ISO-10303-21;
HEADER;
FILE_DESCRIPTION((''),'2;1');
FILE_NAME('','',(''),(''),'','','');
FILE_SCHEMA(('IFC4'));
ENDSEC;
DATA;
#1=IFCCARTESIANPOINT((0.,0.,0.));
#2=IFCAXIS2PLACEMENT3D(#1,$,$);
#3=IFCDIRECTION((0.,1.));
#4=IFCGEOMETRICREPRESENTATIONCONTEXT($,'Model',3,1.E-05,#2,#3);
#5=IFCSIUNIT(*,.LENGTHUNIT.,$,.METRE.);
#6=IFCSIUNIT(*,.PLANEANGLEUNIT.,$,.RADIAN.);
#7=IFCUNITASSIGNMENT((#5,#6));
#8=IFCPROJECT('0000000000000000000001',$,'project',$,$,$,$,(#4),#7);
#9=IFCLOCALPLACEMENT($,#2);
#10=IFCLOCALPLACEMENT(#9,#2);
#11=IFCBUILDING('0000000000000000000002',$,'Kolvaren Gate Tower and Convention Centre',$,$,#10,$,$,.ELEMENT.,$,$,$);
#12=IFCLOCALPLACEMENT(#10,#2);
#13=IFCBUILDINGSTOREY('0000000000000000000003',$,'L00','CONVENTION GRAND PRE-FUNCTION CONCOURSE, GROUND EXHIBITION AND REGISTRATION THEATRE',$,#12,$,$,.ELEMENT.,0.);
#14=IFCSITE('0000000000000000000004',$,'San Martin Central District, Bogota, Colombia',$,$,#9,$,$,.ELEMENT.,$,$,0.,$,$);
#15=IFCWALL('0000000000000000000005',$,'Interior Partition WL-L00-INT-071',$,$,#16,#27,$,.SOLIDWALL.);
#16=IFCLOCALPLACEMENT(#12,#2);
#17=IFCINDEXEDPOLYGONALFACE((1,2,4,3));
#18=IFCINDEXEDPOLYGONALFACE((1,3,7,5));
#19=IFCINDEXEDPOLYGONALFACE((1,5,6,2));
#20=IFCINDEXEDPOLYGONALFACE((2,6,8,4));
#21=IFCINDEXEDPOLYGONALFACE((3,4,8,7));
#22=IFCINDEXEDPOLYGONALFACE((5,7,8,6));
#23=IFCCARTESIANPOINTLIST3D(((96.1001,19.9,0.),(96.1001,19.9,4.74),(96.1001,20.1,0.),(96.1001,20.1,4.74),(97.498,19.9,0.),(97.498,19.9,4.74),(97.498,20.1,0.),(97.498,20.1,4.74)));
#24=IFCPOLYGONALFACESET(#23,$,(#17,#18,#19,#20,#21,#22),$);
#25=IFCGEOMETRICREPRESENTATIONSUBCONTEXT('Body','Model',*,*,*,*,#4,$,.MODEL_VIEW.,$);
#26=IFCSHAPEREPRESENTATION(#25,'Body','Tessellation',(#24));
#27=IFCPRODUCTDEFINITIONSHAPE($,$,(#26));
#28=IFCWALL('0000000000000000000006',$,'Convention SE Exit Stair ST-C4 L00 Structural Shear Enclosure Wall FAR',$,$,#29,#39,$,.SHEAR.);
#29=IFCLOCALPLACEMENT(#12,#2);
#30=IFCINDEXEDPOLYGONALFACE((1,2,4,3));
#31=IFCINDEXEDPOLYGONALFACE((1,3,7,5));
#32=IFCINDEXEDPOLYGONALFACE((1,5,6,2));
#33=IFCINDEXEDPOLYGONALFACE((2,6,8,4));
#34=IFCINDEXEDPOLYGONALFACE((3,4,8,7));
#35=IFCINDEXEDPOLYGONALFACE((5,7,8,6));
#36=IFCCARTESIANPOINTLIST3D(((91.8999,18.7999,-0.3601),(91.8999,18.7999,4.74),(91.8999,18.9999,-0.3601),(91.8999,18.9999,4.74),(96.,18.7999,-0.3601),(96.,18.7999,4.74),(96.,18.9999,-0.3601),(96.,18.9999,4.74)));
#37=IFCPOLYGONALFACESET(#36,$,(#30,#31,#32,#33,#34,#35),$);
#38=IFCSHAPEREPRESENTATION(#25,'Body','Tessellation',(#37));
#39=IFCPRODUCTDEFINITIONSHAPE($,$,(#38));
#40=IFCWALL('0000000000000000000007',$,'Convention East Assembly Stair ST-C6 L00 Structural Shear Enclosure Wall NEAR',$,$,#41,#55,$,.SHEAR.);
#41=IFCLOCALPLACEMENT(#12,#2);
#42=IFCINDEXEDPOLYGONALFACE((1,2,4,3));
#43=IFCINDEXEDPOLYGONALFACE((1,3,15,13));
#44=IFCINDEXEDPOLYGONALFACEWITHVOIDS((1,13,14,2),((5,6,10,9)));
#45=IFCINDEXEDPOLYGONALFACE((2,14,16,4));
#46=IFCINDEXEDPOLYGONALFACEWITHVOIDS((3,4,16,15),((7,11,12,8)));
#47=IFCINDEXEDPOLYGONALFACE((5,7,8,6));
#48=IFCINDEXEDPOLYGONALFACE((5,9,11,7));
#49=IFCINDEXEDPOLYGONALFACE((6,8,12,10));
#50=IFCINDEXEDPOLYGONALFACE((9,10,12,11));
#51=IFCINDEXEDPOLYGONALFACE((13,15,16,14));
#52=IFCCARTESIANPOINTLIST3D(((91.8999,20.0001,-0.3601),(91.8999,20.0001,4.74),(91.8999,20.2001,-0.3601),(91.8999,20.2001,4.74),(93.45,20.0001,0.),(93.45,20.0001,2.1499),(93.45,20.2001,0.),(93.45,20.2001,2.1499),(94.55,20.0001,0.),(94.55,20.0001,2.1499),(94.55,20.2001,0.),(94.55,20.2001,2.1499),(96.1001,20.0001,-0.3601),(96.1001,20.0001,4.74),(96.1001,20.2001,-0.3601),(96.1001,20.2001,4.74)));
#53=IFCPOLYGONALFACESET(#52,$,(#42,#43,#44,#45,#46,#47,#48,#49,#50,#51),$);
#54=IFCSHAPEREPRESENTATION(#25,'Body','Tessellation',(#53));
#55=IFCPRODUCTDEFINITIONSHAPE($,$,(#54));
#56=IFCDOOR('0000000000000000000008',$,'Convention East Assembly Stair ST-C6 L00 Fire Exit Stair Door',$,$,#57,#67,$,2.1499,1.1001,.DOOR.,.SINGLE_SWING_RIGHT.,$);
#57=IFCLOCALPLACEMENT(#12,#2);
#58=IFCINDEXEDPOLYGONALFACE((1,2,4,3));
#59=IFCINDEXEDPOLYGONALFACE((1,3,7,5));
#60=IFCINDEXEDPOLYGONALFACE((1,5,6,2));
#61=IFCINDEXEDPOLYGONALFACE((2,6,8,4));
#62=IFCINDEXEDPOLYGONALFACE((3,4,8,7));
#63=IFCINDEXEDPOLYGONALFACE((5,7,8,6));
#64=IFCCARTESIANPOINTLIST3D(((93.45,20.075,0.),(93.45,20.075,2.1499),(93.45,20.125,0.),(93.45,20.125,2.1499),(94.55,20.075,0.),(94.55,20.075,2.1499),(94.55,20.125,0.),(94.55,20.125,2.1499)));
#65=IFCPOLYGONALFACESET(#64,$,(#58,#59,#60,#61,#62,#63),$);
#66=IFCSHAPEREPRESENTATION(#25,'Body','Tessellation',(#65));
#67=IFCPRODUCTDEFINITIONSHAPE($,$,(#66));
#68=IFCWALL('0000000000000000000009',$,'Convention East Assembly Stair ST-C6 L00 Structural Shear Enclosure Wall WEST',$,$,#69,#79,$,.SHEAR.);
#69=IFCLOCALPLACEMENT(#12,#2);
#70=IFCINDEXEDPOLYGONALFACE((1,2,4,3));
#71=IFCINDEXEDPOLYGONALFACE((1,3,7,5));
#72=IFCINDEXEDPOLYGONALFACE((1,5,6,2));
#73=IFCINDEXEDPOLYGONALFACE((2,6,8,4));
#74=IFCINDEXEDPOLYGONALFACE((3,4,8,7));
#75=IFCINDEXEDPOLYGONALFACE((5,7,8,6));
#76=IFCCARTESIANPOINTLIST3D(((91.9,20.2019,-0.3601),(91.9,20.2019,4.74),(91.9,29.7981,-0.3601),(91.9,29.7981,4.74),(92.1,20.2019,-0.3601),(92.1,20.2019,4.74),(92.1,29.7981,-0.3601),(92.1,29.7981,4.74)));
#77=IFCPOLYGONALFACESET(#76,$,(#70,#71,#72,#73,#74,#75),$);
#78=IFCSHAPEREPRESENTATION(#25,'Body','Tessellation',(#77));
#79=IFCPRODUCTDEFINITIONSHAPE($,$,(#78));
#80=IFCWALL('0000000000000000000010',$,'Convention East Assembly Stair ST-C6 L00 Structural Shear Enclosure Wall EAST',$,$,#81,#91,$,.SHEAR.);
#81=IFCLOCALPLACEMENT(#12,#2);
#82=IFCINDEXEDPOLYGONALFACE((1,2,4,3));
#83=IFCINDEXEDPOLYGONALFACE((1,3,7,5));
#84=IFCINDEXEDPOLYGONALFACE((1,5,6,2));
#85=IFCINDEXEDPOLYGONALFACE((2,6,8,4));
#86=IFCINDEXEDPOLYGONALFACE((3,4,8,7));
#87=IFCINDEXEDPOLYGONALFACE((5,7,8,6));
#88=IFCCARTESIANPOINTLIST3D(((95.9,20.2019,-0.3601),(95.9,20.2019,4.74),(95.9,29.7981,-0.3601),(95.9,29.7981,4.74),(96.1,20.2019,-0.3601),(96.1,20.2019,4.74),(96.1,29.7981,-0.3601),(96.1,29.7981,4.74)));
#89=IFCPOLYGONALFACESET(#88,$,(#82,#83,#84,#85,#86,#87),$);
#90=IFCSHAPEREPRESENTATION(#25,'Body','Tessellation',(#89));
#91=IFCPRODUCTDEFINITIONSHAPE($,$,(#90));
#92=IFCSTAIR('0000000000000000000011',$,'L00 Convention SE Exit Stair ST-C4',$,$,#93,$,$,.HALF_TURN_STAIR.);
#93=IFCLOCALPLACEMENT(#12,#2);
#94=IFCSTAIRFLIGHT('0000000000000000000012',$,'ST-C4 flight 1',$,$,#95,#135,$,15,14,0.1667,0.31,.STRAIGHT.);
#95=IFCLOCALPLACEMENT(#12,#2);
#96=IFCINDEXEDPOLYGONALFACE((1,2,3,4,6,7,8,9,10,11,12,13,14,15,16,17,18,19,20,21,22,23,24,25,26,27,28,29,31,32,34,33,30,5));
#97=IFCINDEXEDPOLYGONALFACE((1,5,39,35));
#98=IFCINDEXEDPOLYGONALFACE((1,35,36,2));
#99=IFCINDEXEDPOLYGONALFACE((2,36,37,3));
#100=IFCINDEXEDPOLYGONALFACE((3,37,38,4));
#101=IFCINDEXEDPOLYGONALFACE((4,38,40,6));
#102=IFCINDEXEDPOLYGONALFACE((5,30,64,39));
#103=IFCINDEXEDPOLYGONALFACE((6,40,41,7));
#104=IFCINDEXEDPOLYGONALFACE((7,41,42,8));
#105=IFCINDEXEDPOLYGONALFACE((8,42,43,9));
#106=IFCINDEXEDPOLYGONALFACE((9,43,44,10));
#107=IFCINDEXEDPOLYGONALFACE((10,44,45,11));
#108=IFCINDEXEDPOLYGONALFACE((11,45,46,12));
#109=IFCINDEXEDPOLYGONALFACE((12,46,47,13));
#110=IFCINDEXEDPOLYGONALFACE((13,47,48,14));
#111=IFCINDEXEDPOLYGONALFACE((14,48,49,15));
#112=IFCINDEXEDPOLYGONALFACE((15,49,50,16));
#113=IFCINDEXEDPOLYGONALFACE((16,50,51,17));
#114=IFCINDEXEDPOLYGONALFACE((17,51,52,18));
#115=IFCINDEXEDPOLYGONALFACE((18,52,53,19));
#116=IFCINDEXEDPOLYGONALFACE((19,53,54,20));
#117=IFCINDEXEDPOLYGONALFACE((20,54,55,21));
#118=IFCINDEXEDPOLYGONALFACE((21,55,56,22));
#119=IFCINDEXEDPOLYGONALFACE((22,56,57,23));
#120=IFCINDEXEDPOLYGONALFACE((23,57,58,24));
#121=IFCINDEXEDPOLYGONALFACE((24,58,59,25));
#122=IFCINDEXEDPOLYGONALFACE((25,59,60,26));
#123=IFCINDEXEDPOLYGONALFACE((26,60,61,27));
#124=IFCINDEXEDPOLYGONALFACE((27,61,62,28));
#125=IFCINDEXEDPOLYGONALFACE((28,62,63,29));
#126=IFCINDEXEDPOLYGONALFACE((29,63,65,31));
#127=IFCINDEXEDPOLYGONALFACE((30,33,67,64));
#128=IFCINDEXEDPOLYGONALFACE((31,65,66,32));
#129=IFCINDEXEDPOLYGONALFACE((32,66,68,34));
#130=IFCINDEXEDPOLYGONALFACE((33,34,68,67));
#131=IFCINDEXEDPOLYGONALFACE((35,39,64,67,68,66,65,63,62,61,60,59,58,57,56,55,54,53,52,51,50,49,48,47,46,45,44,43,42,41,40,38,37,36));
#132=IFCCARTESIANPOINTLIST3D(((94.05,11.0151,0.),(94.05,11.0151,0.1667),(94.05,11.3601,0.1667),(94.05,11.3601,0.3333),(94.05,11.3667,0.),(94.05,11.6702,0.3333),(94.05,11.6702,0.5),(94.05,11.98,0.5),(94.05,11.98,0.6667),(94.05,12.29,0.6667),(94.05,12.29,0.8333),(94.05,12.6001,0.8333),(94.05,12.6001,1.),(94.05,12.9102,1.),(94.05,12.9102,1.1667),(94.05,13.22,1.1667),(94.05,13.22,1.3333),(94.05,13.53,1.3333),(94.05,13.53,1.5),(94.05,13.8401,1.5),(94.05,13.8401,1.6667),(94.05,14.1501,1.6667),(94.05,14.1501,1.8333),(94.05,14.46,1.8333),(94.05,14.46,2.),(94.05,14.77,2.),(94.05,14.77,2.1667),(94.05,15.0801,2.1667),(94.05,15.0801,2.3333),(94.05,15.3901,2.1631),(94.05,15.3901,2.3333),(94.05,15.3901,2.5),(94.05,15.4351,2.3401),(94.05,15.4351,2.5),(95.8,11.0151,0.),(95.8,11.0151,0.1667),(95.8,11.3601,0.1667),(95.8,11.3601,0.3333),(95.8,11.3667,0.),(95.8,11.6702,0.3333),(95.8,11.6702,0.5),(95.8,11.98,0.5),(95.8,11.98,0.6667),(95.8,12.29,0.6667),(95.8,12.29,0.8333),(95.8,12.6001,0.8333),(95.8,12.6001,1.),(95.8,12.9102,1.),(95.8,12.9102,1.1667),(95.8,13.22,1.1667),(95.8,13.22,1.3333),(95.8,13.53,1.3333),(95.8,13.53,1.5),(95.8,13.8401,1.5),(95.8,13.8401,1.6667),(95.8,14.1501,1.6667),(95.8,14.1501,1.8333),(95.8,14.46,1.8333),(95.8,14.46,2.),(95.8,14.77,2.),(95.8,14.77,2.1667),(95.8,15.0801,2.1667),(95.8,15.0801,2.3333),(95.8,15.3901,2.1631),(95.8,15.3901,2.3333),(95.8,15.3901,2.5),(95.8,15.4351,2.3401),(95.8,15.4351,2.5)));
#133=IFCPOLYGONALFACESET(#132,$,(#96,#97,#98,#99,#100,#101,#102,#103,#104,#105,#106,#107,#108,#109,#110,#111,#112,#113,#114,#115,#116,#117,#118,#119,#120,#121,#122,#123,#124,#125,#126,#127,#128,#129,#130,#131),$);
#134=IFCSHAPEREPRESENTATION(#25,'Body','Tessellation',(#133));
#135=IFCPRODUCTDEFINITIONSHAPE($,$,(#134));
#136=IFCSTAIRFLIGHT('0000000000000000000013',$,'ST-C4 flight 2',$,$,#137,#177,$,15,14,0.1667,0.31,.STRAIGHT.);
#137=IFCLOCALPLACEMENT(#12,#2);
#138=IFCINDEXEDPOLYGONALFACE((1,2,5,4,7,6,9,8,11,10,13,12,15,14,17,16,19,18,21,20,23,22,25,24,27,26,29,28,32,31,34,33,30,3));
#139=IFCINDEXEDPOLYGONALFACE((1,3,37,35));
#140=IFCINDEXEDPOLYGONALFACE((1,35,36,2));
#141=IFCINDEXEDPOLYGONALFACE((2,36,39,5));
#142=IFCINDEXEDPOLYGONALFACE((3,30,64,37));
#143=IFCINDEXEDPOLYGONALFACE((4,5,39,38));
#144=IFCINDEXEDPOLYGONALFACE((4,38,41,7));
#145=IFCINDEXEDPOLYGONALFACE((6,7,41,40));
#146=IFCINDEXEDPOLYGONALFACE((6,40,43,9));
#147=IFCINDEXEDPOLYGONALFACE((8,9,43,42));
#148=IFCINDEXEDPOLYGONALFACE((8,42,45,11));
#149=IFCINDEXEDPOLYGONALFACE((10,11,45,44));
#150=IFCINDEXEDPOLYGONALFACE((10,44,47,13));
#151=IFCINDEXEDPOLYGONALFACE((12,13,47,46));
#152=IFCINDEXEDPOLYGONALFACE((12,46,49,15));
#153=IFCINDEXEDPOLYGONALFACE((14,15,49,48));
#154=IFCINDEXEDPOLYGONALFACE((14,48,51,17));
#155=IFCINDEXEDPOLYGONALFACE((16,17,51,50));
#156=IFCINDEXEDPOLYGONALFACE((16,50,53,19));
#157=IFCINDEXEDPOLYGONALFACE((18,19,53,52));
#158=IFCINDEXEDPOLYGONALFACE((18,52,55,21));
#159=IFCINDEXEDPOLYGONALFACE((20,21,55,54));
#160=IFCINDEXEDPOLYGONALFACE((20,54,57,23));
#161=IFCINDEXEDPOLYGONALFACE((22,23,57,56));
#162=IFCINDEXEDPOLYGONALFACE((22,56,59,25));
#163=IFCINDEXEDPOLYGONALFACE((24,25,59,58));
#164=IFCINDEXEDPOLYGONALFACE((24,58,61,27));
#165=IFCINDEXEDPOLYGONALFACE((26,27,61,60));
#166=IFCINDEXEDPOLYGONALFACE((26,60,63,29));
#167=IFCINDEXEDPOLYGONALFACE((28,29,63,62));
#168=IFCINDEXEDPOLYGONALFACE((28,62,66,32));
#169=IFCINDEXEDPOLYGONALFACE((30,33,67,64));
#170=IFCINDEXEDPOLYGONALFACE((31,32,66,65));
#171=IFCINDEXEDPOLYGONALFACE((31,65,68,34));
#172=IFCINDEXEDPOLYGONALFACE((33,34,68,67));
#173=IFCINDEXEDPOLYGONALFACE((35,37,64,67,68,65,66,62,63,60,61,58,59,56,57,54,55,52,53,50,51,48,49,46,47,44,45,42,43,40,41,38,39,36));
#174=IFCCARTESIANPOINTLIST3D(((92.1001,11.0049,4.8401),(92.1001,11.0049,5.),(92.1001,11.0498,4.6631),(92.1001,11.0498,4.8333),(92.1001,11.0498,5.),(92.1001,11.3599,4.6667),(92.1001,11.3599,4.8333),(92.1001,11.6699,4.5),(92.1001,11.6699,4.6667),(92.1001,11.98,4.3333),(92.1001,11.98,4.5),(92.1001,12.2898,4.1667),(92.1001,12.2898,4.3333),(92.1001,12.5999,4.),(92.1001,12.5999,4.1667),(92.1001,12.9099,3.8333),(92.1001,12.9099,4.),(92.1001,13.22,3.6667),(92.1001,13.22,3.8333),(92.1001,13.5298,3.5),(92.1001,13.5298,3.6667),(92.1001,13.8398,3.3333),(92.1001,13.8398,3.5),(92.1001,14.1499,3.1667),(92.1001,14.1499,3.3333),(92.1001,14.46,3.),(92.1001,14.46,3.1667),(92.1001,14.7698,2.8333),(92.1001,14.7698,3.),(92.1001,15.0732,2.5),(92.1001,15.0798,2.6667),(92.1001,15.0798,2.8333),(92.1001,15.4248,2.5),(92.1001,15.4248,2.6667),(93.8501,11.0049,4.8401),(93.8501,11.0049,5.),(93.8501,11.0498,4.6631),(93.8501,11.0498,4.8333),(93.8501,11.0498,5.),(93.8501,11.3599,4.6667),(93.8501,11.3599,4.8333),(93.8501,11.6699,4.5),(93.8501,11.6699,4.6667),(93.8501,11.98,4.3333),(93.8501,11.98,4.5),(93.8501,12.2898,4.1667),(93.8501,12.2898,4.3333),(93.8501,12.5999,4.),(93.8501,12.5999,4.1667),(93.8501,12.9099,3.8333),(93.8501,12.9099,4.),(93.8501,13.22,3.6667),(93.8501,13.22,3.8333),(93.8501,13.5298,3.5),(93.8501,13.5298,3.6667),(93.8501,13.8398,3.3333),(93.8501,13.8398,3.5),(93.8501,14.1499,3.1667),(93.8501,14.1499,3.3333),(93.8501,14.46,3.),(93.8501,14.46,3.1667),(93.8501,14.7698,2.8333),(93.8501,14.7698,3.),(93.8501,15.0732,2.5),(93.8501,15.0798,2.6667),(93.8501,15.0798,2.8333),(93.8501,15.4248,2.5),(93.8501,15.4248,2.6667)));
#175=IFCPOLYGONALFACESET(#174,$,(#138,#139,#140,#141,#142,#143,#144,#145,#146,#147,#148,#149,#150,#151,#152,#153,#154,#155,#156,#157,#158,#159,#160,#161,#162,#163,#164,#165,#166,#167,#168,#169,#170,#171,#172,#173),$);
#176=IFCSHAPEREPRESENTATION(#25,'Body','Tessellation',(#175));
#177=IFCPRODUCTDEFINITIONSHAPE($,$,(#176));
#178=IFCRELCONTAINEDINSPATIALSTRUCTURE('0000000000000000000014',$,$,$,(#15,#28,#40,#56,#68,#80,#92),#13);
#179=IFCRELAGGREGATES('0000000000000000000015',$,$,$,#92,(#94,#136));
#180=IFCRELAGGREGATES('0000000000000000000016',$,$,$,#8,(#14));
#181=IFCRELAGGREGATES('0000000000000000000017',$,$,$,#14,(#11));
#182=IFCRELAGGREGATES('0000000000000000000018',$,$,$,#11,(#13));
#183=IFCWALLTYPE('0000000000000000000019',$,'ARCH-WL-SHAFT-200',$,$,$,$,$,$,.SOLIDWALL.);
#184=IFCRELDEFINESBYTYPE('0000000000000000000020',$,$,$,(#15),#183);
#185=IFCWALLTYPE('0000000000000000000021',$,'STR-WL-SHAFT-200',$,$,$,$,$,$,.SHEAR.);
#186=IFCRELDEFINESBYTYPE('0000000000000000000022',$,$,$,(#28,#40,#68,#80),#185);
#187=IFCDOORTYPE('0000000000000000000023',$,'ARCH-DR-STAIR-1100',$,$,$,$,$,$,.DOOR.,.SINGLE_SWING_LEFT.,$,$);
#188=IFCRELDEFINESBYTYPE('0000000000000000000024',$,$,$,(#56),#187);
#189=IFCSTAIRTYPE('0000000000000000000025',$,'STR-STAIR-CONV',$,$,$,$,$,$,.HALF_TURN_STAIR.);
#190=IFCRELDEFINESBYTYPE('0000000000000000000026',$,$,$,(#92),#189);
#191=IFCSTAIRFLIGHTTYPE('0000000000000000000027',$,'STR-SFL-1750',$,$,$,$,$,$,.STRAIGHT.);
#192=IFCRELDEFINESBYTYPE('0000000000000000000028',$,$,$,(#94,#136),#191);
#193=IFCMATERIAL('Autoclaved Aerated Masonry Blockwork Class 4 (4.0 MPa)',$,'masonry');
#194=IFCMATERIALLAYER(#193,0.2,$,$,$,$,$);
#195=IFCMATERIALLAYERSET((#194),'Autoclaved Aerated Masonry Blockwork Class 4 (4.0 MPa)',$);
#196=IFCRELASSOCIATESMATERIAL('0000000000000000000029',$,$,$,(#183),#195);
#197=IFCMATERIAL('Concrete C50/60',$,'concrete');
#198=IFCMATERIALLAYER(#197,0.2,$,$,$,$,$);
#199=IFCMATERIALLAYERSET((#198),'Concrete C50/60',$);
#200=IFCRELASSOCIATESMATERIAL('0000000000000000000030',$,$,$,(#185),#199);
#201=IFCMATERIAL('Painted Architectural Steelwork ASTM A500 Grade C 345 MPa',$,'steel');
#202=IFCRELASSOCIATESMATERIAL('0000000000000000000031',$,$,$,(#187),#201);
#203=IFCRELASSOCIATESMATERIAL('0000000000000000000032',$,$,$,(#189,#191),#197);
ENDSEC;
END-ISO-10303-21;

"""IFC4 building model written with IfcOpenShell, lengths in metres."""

from ifc_helpers import new_model, si_unit, direction, frame, frame_2d, origin, place, context, subcontext, project, spatial, polyline, rectangle, outline, extrude, material, layer, layer_set, type_object, element, fill, aggregate, save


model = new_model("IFC4")

# Units and contexts
model_context = context("Model", 3, precision=1e-05, world=origin(), true_north=direction((0.0, 1.0)))
body_context = subcontext(model_context, "Body", "Model", "MODEL_VIEW")
ifc_project = project(units=[si_unit("LENGTHUNIT", "METRE"), si_unit("PLANEANGLEUNIT", "RADIAN")], contexts=[model_context])

# Site, building, storey
site_placement = place(None, origin())
site = spatial("IfcSite", under=ifc_project, at=site_placement, Name="San Martin Central District, Bogota, Colombia", CompositionType="ELEMENT", RefElevation=0.0)
building_placement = place(site_placement, origin())
building = spatial("IfcBuilding", under=site, at=building_placement, Name="Kolvaren Gate Tower and Convention Centre", CompositionType="ELEMENT")
storey_placement = place(building_placement, origin())
storey = spatial("IfcBuildingStorey", under=building, at=storey_placement, Name="L00", Description="CONVENTION GRAND PRE-FUNCTION CONCOURSE, GROUND EXHIBITION AND REGISTRATION THEATRE", CompositionType="ELEMENT", Elevation=0.0)

# Shared definitions
ifc_material_1 = material(Name="Painted Architectural Steelwork ASTM A500 Grade C 345 MPa", Category="steel")

# Walls
ifc_material_2 = material(Name="Autoclaved Aerated Masonry Blockwork Class 4 (4.0 MPa)", Category="masonry")
ifc_layer_1 = layer(ifc_material_2, 0.2)
ifc_layer_set_1 = layer_set([ifc_layer_1], Name="Autoclaved Aerated Masonry Blockwork Class 4 (4.0 MPa)")
wall_type_1 = type_object("IfcWallType", Name="ARCH-WL-SHAFT-200", PredefinedType="SOLIDWALL", material=ifc_layer_set_1)
wall_1_placement = place(storey_placement, frame((96.1001, 20.0, 0.0), z_axis=(0.0, 0.0, 1.0), x_axis=(1.0, 0.0, 0.0)))
element("IfcWall", 1, at=wall_1_placement, inside=storey, type_object=wall_type_1, Name="Interior Partition WL-L00-INT-071", PredefinedType="SOLIDWALL", context=body_context, shape_type="SweptSolid", body=[
    extrude(rectangle(XDim=1.3979, YDim=0.2, at=frame_2d((0.699, 0.0))), origin(), (0.0, 0.0, 1.0), 4.74),
])
ifc_material_3 = material(Name="Concrete C50/60", Category="concrete")
ifc_layer_2 = layer(ifc_material_3, 0.2)
ifc_layer_set_2 = layer_set([ifc_layer_2], Name="Concrete C50/60")
wall_type_2 = type_object("IfcWallType", Name="STR-WL-SHAFT-200", PredefinedType="SHEAR", material=ifc_layer_set_2)
wall_2_placement = place(storey_placement, frame((91.8999, 18.8999, -0.3601), z_axis=(0.0, 0.0, 1.0), x_axis=(1.0, 0.0, 0.0)))
element("IfcWall", 2, at=wall_2_placement, inside=storey, type_object=wall_type_2, Name="Convention SE Exit Stair ST-C4 L00 Structural Shear Enclosure Wall FAR", PredefinedType="SHEAR", context=body_context, shape_type="SweptSolid", body=[
    extrude(rectangle(XDim=4.1001, YDim=0.2, at=frame_2d((2.05, 0.0))), origin(), (0.0, 0.0, 1.0), 5.1001),
])

# Wall, opening, door
wall_3_placement = place(storey_placement, frame((91.8999, 20.1001, -0.3601), z_axis=(0.0, 0.0, 1.0), x_axis=(1.0, 0.0, 0.0)))
wall_3 = element("IfcWall", 3, at=wall_3_placement, inside=storey, type_object=wall_type_2, Name="Convention East Assembly Stair ST-C6 L00 Structural Shear Enclosure Wall NEAR", PredefinedType="SHEAR", context=body_context, shape_type="SweptSolid", body=[
    extrude(rectangle(XDim=4.2002, YDim=0.2, at=frame_2d((2.1001, 0.0))), origin(), (0.0, 0.0, 1.0), 5.1001),
])
opening_1_placement = place(wall_3_placement, frame((1.55, 0.0, 0.3601)))
opening_1 = element("IfcOpeningElement", 4, at=opening_1_placement, cuts=wall_3, PredefinedType="OPENING", context=body_context, shape_type="SweptSolid", body=[
    extrude(rectangle(XDim=1.1001, YDim=2.1499, at=frame_2d((0.55, 1.075))), frame((0.0, 0.1099, 0.0), z_axis=(0.0, -1.0, 0.0), x_axis=(1.0, 0.0, 0.0)), (0.0, 0.0, 1.0), 0.22),
])
door_type_1 = type_object("IfcDoorType", Name="ARCH-DR-STAIR-1100", OperationType="SINGLE_SWING_LEFT", PredefinedType="DOOR", material=ifc_material_1)
door_1_placement = place(opening_1_placement, origin())
door_1 = element("IfcDoor", 5, at=door_1_placement, inside=storey, type_object=door_type_1, Name="Convention East Assembly Stair ST-C6 L00 Fire Exit Stair Door", OperationType="SINGLE_SWING_RIGHT", OverallHeight=2.1499, OverallWidth=1.1001, PredefinedType="DOOR", context=body_context, shape_type="SweptSolid", body=[
    extrude(rectangle(XDim=1.1001, YDim=2.1499, at=frame_2d((0.55, 1.075))), frame((0.0, 0.0249, 0.0), z_axis=(0.0, -1.0, 0.0), x_axis=(1.0, 0.0, 0.0)), (0.0, 0.0, 1.0), 0.05),
])
fill(opening_1, door_1)

# Walls
for number, where, z_axis, x_axis, name in (
    (6, (92.0, 20.2019, -0.3601), (0.0, 0.0, 1.0), (0.0, 1.0, 0.0), "Convention East Assembly Stair ST-C6 L00 Structural Shear Enclosure Wall WEST"),
    (7, (96.0, 20.2019, -0.3601), (0.0, 0.0, 1.0), (0.0, 1.0, 0.0), "Convention East Assembly Stair ST-C6 L00 Structural Shear Enclosure Wall EAST"),
):
    element("IfcWall", number, at=place(storey_placement, frame(where, z_axis=z_axis, x_axis=x_axis)), inside=storey, type_object=wall_type_2, Name=name, PredefinedType="SHEAR", context=body_context, shape_type="SweptSolid", body=[
        extrude(rectangle(XDim=9.5962, YDim=0.2, at=frame_2d((4.7981, 0.0))), origin(), (0.0, 0.0, 1.0), 5.1001),
    ])

# Stair, stair flights
stair_type = type_object("IfcStairType", Name="STR-STAIR-CONV", PredefinedType="HALF_TURN_STAIR", material=ifc_material_3)
stair_placement = place(storey_placement, origin())
stair = element("IfcStair", 8, at=stair_placement, inside=storey, type_object=stair_type, Name="L00 Convention SE Exit Stair ST-C4", PredefinedType="HALF_TURN_STAIR")
stair_flight_type = type_object("IfcStairFlightType", Name="STR-SFL-1750", PredefinedType="STRAIGHT", material=ifc_material_3)
stair_flight_1_placement = place(storey_placement, frame((94.925, 11.05, 0.0), z_axis=(0.0, 0.0, 1.0), x_axis=(0.0, 1.0, 0.0)))
stair_flight_1 = element("IfcStairFlight", 9, at=stair_flight_1_placement, type_object=stair_flight_type, Name="ST-C4 flight 1", NumberOfRisers=15, NumberOfTreads=14, PredefinedType="STRAIGHT", RiserHeight=0.1667, TreadLength=0.31, context=body_context, shape_type="SweptSolid", body=[
    extrude(outline(polyline([(-0.0349, 0.0), (-0.0349, 0.1667), (0.3101, 0.1667), (0.3101, 0.3333), (0.6201, 0.3333), (0.6201, 0.5), (0.9299, 0.5), (0.9299, 0.6667), (1.24, 0.6667), (1.24, 0.8333), (1.55, 0.8333), (1.55, 1.0), (1.8601, 1.0), (1.8601, 1.1667), (2.1699, 1.1667), (2.1699, 1.3333), (2.48, 1.3333), (2.48, 1.5), (2.79, 1.5), (2.79, 1.6667), (3.1001, 1.6667), (3.1001, 1.8333), (3.4099, 1.8333), (3.4099, 2.0), (3.72, 2.0), (3.72, 2.1667), (4.03, 2.1667), (4.03, 2.3333), (4.3401, 2.3333), (4.3401, 2.5), (4.385, 2.5), (4.385, 2.3401), (4.3401, 2.1631), (0.3167, 0.0), (-0.0349, 0.0)])), frame((0.0, 0.875, 0.0), z_axis=(0.0, -1.0, 0.0), x_axis=(1.0, 0.0, 0.0)), (0.0, 0.0, 1.0), 1.75),
])
stair_flight_2_placement = place(storey_placement, frame((92.9751, 15.3899, 2.5), z_axis=(0.0, 0.0, 1.0), x_axis=(0.0, -1.0, 0.0)))
stair_flight_2 = element("IfcStairFlight", 10, at=stair_flight_2_placement, type_object=stair_flight_type, Name="ST-C4 flight 2", NumberOfRisers=15, NumberOfTreads=14, PredefinedType="STRAIGHT", RiserHeight=0.1667, TreadLength=0.31, context=body_context, shape_type="SweptSolid", body=[
    extrude(outline(polyline([(-0.0349, 0.0), (-0.0349, 0.1667), (0.3101, 0.1667), (0.3101, 0.3333), (0.6201, 0.3333), (0.6201, 0.5), (0.9299, 0.5), (0.9299, 0.6667), (1.24, 0.6667), (1.24, 0.8333), (1.55, 0.8333), (1.55, 1.0), (1.8601, 1.0), (1.8601, 1.1667), (2.1699, 1.1667), (2.1699, 1.3333), (2.48, 1.3333), (2.48, 1.5), (2.79, 1.5), (2.79, 1.6667), (3.1001, 1.6667), (3.1001, 1.8333), (3.4099, 1.8333), (3.4099, 2.0), (3.72, 2.0), (3.72, 2.1667), (4.03, 2.1667), (4.03, 2.3333), (4.3401, 2.3333), (4.3401, 2.5), (4.385, 2.5), (4.385, 2.3401), (4.3401, 2.1631), (0.3167, 0.0), (-0.0349, 0.0)])), frame((0.0, 0.875, 0.0), z_axis=(0.0, -1.0, 0.0), x_axis=(1.0, 0.0, 0.0)), (0.0, 0.0, 1.0), 1.75),
])
aggregate(stair, [stair_flight_1, stair_flight_2])

save(model, "model.ifc")
